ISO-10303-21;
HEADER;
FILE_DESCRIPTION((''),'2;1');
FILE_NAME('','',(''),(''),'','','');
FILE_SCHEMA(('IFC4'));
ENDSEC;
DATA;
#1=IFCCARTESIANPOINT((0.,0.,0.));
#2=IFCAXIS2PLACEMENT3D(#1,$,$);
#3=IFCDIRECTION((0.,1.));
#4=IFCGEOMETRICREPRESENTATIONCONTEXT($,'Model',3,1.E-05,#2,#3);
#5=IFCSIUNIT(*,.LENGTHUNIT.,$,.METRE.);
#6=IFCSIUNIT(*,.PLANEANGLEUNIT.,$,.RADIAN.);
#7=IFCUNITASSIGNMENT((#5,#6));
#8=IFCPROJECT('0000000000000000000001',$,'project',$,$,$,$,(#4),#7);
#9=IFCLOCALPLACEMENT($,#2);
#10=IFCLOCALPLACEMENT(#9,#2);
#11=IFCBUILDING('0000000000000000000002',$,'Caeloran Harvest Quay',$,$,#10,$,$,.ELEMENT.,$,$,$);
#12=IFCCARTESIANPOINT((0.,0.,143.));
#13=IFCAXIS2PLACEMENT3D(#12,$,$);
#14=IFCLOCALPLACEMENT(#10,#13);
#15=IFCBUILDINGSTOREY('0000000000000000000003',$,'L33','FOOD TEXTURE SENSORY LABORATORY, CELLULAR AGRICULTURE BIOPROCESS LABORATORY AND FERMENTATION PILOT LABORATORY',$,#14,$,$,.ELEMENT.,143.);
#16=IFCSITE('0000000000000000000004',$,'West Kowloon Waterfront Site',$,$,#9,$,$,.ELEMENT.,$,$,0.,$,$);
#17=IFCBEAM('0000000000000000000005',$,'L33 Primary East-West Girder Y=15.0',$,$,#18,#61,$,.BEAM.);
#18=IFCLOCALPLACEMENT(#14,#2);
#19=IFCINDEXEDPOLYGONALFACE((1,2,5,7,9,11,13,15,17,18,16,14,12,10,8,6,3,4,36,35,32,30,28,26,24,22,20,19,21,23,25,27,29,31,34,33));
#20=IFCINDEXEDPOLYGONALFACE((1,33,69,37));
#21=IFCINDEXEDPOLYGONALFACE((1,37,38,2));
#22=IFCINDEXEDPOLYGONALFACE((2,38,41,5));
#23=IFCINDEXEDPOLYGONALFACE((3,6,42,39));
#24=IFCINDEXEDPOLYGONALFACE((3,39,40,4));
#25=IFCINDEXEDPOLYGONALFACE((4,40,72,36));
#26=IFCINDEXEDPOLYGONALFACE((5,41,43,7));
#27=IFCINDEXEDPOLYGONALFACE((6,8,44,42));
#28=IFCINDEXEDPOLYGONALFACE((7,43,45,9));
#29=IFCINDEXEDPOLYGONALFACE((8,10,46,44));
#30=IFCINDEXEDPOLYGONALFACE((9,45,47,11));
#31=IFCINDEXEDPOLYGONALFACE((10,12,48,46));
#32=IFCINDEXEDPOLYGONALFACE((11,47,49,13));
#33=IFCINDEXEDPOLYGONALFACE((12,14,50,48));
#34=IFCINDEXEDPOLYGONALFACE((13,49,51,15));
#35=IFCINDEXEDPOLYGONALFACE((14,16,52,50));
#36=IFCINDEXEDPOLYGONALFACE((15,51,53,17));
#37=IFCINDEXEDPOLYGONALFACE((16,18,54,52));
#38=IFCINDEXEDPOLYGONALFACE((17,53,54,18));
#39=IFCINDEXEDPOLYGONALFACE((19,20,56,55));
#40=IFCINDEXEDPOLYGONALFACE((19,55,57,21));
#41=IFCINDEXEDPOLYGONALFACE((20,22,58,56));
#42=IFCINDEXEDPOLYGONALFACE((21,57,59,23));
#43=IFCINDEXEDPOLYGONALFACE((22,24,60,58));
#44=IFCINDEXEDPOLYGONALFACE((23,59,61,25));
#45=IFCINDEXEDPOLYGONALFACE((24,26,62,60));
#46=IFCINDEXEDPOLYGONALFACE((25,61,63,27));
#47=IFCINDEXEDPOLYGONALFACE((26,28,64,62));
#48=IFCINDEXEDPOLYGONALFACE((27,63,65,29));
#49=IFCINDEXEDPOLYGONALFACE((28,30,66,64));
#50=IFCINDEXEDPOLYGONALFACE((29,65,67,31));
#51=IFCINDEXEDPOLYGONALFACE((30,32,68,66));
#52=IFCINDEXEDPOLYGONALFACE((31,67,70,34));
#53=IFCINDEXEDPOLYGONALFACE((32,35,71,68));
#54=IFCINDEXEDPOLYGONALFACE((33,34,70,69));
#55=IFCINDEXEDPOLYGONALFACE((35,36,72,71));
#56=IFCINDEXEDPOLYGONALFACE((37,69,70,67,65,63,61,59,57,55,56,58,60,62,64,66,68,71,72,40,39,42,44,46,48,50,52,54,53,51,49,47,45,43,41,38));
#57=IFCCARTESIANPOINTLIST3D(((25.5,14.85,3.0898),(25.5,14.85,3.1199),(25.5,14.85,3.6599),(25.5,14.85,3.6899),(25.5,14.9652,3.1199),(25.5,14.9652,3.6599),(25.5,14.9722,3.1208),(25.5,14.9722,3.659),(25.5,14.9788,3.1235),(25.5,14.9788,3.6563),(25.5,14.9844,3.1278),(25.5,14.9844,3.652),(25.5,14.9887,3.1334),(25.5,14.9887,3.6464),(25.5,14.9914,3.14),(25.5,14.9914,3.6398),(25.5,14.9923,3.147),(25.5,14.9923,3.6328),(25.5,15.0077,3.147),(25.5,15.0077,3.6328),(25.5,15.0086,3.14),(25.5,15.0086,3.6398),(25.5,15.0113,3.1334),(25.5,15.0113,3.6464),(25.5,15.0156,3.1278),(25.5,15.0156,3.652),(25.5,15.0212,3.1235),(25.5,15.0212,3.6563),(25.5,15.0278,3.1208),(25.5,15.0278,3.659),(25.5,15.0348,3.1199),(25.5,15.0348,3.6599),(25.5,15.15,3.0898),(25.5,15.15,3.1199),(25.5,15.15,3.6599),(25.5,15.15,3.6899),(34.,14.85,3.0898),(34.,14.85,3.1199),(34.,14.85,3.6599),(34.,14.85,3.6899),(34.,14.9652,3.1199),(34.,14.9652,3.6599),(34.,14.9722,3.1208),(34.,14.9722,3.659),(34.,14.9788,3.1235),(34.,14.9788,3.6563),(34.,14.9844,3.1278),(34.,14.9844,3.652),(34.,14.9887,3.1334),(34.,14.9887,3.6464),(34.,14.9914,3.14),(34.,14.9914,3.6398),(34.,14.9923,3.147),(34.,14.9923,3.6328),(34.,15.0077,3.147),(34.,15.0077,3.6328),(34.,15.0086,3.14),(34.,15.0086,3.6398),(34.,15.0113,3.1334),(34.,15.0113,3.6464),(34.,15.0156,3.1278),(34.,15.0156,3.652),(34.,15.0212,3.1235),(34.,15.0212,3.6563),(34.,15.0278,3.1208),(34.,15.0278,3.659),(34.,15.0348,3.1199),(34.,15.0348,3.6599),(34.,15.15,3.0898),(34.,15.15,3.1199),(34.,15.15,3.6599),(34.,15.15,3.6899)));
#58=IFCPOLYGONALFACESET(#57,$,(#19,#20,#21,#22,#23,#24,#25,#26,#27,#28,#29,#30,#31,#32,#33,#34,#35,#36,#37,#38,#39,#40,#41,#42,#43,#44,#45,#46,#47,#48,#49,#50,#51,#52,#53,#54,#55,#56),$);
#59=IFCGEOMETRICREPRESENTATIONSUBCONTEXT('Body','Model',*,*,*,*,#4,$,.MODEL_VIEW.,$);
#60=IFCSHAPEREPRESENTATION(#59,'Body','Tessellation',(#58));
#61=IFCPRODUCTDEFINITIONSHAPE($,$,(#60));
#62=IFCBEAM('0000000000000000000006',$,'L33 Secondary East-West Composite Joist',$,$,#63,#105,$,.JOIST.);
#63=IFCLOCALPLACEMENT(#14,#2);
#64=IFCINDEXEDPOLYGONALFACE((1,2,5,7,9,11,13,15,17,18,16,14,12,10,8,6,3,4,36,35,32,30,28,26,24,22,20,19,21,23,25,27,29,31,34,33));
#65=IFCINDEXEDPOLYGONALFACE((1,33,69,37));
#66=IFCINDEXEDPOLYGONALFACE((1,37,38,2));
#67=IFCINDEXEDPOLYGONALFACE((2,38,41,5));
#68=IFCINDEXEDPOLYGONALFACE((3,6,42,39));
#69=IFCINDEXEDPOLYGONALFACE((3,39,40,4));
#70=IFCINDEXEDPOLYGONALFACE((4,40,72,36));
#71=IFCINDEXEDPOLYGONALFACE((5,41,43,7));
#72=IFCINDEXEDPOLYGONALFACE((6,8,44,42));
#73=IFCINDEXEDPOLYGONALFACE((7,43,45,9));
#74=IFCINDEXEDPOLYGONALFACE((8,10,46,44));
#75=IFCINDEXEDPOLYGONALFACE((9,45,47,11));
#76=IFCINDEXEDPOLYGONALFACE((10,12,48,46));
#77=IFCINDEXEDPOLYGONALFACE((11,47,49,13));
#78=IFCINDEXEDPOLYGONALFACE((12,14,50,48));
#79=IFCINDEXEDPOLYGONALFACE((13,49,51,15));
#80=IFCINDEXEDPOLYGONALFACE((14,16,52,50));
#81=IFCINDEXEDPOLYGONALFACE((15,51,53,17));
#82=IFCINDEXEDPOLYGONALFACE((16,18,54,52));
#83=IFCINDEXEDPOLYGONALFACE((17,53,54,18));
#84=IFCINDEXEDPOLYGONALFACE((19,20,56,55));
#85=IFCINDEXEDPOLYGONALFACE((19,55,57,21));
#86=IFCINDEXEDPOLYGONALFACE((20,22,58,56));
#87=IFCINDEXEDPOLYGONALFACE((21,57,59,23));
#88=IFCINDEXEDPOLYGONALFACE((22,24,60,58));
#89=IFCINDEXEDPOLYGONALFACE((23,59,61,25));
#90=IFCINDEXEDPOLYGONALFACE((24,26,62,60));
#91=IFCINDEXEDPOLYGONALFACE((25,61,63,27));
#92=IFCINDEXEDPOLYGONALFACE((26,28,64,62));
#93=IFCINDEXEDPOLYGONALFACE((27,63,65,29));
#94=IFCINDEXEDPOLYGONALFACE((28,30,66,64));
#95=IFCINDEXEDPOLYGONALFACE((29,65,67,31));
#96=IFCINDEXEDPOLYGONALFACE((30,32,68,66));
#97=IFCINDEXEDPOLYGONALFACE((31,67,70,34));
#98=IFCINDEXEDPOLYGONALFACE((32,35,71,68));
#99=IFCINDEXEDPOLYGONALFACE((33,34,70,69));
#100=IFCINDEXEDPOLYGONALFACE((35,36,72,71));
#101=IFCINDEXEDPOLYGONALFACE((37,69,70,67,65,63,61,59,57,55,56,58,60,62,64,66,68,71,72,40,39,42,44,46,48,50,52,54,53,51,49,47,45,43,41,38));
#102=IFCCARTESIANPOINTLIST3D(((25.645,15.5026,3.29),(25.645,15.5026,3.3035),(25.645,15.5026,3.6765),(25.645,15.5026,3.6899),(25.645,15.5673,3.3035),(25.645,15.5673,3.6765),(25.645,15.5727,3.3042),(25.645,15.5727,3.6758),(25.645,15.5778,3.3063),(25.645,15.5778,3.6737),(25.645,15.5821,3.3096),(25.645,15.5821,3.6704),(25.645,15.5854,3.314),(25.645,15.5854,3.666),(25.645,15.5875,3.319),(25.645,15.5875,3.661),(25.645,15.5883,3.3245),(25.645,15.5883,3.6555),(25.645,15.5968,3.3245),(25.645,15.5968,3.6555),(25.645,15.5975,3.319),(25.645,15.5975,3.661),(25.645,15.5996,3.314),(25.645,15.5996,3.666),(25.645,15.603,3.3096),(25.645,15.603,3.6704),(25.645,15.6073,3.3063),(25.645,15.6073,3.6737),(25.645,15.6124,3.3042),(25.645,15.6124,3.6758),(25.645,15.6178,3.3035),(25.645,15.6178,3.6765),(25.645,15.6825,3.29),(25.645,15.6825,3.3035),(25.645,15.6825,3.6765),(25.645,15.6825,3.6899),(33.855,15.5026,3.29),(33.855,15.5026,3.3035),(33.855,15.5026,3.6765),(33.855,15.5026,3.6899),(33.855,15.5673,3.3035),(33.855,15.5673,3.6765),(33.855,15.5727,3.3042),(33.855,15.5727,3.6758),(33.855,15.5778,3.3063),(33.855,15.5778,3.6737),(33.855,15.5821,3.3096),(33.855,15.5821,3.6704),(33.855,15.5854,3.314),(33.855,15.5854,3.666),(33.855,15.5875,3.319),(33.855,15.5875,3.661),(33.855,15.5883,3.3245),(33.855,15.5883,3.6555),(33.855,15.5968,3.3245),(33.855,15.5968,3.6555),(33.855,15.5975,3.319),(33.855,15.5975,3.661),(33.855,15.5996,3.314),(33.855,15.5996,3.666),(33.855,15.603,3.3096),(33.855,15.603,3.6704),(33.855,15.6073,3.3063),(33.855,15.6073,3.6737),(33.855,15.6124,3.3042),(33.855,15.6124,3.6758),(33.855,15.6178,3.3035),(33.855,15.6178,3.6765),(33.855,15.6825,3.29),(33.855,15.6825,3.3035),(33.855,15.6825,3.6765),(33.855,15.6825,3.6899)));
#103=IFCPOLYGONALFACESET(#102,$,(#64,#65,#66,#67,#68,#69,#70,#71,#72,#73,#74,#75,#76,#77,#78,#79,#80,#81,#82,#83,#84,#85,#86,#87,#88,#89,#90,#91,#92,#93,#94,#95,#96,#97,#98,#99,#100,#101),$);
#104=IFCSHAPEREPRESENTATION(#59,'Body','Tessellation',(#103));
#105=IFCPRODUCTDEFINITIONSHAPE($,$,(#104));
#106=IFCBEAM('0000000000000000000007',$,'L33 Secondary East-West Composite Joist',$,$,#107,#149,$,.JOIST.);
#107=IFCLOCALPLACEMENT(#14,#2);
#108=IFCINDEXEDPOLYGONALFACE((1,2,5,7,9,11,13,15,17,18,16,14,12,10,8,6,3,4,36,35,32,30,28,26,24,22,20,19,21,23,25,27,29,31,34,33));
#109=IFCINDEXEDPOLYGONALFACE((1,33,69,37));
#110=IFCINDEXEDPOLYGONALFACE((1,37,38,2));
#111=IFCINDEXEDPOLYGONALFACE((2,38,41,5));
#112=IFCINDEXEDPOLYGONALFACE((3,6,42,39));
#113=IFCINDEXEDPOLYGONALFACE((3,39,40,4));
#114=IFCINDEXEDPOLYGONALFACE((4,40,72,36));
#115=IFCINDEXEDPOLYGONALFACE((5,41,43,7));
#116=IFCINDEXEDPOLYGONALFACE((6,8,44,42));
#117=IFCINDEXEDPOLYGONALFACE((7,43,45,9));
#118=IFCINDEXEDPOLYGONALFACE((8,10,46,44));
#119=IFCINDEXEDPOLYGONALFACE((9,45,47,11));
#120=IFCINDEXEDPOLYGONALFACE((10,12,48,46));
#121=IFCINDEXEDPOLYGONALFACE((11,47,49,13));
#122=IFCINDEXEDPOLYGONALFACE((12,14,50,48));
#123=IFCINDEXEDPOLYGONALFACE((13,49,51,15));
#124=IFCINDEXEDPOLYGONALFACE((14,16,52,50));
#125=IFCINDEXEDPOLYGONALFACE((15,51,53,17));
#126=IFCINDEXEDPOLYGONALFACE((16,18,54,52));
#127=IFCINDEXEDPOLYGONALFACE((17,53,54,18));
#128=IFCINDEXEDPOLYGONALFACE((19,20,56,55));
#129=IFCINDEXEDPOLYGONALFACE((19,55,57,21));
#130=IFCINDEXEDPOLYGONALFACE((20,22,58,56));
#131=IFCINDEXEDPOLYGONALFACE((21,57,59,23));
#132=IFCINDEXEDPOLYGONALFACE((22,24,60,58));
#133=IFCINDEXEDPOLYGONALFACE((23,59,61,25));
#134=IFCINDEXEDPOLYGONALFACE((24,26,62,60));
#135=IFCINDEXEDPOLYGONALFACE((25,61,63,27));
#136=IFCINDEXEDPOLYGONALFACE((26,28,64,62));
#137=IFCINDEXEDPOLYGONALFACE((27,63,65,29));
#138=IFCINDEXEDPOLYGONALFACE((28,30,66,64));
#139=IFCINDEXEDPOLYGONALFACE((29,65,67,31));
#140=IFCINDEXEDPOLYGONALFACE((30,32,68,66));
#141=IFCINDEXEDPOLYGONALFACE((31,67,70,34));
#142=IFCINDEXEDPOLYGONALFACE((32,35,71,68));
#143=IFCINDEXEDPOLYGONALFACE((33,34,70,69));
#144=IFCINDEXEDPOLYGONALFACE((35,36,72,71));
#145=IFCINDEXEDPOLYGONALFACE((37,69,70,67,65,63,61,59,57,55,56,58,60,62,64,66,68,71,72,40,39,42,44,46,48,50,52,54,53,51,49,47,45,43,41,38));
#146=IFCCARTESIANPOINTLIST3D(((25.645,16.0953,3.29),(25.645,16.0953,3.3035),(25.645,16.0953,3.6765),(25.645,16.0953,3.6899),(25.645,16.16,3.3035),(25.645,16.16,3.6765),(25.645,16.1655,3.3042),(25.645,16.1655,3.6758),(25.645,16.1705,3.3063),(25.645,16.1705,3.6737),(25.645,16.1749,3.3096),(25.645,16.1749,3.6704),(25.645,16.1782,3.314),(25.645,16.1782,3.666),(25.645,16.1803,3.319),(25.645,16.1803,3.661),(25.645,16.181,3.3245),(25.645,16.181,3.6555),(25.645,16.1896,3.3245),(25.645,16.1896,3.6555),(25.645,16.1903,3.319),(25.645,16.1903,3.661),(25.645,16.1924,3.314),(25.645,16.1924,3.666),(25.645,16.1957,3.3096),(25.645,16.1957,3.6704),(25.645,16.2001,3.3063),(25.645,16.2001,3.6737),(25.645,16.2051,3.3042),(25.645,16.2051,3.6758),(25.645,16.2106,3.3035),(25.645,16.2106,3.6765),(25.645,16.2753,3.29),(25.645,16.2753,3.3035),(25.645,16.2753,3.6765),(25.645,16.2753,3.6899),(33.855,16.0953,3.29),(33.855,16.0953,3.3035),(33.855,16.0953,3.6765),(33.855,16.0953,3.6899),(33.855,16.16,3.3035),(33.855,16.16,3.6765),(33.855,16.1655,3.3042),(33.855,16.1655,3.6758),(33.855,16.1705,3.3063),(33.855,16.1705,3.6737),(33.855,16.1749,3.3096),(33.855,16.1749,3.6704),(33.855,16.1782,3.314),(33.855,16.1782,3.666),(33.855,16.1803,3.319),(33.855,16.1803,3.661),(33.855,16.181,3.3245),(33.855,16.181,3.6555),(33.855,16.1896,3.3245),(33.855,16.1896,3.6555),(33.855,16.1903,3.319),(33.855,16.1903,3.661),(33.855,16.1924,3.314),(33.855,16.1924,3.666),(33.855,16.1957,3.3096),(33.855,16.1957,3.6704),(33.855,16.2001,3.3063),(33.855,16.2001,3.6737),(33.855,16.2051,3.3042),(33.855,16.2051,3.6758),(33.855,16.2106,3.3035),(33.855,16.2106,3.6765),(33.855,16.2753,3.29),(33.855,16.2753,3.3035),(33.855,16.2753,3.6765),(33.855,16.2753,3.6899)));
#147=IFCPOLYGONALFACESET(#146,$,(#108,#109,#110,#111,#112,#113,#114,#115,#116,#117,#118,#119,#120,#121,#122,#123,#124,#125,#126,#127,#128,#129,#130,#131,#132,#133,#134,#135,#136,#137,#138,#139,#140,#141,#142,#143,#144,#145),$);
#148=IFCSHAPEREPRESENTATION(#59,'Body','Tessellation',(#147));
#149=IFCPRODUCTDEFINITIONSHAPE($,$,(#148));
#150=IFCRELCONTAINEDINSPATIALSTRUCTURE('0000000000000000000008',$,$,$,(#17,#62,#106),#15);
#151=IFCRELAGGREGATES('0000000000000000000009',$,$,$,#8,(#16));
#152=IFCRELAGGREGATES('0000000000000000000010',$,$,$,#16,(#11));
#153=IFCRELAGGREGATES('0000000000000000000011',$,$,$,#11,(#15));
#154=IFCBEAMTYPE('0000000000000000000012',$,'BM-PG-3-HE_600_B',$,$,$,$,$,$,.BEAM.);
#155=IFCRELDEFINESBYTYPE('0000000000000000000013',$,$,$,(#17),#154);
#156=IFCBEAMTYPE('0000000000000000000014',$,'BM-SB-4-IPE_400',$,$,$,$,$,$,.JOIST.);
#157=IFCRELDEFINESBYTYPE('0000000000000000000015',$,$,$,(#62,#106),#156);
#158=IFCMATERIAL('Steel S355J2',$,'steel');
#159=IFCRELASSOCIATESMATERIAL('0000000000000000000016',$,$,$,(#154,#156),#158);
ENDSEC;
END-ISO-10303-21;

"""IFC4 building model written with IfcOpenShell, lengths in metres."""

from ifc_helpers import new_model, si_unit, direction, frame, origin, origin_2d, place, context, subcontext, project, spatial, i_section, extrude, material, material_profile, profile_set, type_object, element, save


model = new_model("IFC4")

# Units and contexts
model_context = context("Model", 3, precision=1e-05, world=origin(), true_north=direction((0.0, 1.0)))
body_context = subcontext(model_context, "Body", "Model", "MODEL_VIEW")
ifc_project = project(units=[si_unit("LENGTHUNIT", "METRE"), si_unit("PLANEANGLEUNIT", "RADIAN")], contexts=[model_context])

# Site, building, storey
site_placement = place(None, origin())
site = spatial("IfcSite", under=ifc_project, at=site_placement, Name="West Kowloon Waterfront Site", CompositionType="ELEMENT", RefElevation=0.0)
building_placement = place(site_placement, origin())
building = spatial("IfcBuilding", under=site, at=building_placement, Name="Caeloran Harvest Quay", CompositionType="ELEMENT")
storey_placement = place(building_placement, frame((0.0, 0.0, 143.0)))
storey = spatial("IfcBuildingStorey", under=building, at=storey_placement, Name="L33", Description="FOOD TEXTURE SENSORY LABORATORY, CELLULAR AGRICULTURE BIOPROCESS LABORATORY AND FERMENTATION PILOT LABORATORY", CompositionType="ELEMENT", Elevation=143.0)

# Beams
ifc_material_1 = material(Name="Steel S355J2", Category="steel")
ifc_material_profile_1 = material_profile(ifc_material_1, i_section(OverallWidth=0.3, OverallDepth=0.6001, WebThickness=0.0154, FlangeThickness=0.03, FilletRadius=0.0271, at=origin_2d()), Name="HE 600 B")
ifc_profile_set_1 = profile_set([ifc_material_profile_1], Name="Steel S355J2")
beam_type_1 = type_object("IfcBeamType", Name="BM-PG-3-HE_600_B", PredefinedType="BEAM", material=ifc_profile_set_1)
beam_1_placement = place(storey_placement, frame((25.5, 15.0, 3.3899), z_axis=(1.0, 0.0, 0.0), x_axis=(0.0, 1.0, 0.0)))
element("IfcBeam", 1, at=beam_1_placement, inside=storey, type_object=beam_type_1, Name="L33 Primary East-West Girder Y=15.0", PredefinedType="BEAM", context=body_context, shape_type="SweptSolid", body=[
    extrude(i_section(OverallWidth=0.3, OverallDepth=0.6001, WebThickness=0.0154, FlangeThickness=0.03, FilletRadius=0.0271, at=origin_2d()), origin(), (0.0, 0.0, 1.0), 8.5),
])
ifc_material_profile_2 = material_profile(ifc_material_1, i_section(OverallWidth=0.1799, OverallDepth=0.3999, WebThickness=0.0085, FlangeThickness=0.0134, FilletRadius=0.021, at=origin_2d()), Name="IPE 400")
ifc_profile_set_2 = profile_set([ifc_material_profile_2], Name="Steel S355J2")
beam_type_2 = type_object("IfcBeamType", Name="BM-SB-4-IPE_400", PredefinedType="JOIST", material=ifc_profile_set_2)
for number, where, z_axis, x_axis, name in (
    (2, (25.645, 15.5925, 3.49), (1.0, 0.0, 0.0), (0.0, 1.0, 0.0), "L33 Secondary East-West Composite Joist"),
    (3, (25.645, 16.1853, 3.49), (1.0, 0.0, 0.0), (0.0, 1.0, 0.0), "L33 Secondary East-West Composite Joist"),
):
    element("IfcBeam", number, at=place(storey_placement, frame(where, z_axis=z_axis, x_axis=x_axis)), inside=storey, type_object=beam_type_2, Name=name, PredefinedType="JOIST", context=body_context, shape_type="SweptSolid", body=[
        extrude(i_section(OverallWidth=0.1799, OverallDepth=0.3999, WebThickness=0.0085, FlangeThickness=0.0134, FilletRadius=0.021, at=origin_2d()), origin(), (0.0, 0.0, 1.0), 8.21),
    ])

save(model, "model.ifc")
